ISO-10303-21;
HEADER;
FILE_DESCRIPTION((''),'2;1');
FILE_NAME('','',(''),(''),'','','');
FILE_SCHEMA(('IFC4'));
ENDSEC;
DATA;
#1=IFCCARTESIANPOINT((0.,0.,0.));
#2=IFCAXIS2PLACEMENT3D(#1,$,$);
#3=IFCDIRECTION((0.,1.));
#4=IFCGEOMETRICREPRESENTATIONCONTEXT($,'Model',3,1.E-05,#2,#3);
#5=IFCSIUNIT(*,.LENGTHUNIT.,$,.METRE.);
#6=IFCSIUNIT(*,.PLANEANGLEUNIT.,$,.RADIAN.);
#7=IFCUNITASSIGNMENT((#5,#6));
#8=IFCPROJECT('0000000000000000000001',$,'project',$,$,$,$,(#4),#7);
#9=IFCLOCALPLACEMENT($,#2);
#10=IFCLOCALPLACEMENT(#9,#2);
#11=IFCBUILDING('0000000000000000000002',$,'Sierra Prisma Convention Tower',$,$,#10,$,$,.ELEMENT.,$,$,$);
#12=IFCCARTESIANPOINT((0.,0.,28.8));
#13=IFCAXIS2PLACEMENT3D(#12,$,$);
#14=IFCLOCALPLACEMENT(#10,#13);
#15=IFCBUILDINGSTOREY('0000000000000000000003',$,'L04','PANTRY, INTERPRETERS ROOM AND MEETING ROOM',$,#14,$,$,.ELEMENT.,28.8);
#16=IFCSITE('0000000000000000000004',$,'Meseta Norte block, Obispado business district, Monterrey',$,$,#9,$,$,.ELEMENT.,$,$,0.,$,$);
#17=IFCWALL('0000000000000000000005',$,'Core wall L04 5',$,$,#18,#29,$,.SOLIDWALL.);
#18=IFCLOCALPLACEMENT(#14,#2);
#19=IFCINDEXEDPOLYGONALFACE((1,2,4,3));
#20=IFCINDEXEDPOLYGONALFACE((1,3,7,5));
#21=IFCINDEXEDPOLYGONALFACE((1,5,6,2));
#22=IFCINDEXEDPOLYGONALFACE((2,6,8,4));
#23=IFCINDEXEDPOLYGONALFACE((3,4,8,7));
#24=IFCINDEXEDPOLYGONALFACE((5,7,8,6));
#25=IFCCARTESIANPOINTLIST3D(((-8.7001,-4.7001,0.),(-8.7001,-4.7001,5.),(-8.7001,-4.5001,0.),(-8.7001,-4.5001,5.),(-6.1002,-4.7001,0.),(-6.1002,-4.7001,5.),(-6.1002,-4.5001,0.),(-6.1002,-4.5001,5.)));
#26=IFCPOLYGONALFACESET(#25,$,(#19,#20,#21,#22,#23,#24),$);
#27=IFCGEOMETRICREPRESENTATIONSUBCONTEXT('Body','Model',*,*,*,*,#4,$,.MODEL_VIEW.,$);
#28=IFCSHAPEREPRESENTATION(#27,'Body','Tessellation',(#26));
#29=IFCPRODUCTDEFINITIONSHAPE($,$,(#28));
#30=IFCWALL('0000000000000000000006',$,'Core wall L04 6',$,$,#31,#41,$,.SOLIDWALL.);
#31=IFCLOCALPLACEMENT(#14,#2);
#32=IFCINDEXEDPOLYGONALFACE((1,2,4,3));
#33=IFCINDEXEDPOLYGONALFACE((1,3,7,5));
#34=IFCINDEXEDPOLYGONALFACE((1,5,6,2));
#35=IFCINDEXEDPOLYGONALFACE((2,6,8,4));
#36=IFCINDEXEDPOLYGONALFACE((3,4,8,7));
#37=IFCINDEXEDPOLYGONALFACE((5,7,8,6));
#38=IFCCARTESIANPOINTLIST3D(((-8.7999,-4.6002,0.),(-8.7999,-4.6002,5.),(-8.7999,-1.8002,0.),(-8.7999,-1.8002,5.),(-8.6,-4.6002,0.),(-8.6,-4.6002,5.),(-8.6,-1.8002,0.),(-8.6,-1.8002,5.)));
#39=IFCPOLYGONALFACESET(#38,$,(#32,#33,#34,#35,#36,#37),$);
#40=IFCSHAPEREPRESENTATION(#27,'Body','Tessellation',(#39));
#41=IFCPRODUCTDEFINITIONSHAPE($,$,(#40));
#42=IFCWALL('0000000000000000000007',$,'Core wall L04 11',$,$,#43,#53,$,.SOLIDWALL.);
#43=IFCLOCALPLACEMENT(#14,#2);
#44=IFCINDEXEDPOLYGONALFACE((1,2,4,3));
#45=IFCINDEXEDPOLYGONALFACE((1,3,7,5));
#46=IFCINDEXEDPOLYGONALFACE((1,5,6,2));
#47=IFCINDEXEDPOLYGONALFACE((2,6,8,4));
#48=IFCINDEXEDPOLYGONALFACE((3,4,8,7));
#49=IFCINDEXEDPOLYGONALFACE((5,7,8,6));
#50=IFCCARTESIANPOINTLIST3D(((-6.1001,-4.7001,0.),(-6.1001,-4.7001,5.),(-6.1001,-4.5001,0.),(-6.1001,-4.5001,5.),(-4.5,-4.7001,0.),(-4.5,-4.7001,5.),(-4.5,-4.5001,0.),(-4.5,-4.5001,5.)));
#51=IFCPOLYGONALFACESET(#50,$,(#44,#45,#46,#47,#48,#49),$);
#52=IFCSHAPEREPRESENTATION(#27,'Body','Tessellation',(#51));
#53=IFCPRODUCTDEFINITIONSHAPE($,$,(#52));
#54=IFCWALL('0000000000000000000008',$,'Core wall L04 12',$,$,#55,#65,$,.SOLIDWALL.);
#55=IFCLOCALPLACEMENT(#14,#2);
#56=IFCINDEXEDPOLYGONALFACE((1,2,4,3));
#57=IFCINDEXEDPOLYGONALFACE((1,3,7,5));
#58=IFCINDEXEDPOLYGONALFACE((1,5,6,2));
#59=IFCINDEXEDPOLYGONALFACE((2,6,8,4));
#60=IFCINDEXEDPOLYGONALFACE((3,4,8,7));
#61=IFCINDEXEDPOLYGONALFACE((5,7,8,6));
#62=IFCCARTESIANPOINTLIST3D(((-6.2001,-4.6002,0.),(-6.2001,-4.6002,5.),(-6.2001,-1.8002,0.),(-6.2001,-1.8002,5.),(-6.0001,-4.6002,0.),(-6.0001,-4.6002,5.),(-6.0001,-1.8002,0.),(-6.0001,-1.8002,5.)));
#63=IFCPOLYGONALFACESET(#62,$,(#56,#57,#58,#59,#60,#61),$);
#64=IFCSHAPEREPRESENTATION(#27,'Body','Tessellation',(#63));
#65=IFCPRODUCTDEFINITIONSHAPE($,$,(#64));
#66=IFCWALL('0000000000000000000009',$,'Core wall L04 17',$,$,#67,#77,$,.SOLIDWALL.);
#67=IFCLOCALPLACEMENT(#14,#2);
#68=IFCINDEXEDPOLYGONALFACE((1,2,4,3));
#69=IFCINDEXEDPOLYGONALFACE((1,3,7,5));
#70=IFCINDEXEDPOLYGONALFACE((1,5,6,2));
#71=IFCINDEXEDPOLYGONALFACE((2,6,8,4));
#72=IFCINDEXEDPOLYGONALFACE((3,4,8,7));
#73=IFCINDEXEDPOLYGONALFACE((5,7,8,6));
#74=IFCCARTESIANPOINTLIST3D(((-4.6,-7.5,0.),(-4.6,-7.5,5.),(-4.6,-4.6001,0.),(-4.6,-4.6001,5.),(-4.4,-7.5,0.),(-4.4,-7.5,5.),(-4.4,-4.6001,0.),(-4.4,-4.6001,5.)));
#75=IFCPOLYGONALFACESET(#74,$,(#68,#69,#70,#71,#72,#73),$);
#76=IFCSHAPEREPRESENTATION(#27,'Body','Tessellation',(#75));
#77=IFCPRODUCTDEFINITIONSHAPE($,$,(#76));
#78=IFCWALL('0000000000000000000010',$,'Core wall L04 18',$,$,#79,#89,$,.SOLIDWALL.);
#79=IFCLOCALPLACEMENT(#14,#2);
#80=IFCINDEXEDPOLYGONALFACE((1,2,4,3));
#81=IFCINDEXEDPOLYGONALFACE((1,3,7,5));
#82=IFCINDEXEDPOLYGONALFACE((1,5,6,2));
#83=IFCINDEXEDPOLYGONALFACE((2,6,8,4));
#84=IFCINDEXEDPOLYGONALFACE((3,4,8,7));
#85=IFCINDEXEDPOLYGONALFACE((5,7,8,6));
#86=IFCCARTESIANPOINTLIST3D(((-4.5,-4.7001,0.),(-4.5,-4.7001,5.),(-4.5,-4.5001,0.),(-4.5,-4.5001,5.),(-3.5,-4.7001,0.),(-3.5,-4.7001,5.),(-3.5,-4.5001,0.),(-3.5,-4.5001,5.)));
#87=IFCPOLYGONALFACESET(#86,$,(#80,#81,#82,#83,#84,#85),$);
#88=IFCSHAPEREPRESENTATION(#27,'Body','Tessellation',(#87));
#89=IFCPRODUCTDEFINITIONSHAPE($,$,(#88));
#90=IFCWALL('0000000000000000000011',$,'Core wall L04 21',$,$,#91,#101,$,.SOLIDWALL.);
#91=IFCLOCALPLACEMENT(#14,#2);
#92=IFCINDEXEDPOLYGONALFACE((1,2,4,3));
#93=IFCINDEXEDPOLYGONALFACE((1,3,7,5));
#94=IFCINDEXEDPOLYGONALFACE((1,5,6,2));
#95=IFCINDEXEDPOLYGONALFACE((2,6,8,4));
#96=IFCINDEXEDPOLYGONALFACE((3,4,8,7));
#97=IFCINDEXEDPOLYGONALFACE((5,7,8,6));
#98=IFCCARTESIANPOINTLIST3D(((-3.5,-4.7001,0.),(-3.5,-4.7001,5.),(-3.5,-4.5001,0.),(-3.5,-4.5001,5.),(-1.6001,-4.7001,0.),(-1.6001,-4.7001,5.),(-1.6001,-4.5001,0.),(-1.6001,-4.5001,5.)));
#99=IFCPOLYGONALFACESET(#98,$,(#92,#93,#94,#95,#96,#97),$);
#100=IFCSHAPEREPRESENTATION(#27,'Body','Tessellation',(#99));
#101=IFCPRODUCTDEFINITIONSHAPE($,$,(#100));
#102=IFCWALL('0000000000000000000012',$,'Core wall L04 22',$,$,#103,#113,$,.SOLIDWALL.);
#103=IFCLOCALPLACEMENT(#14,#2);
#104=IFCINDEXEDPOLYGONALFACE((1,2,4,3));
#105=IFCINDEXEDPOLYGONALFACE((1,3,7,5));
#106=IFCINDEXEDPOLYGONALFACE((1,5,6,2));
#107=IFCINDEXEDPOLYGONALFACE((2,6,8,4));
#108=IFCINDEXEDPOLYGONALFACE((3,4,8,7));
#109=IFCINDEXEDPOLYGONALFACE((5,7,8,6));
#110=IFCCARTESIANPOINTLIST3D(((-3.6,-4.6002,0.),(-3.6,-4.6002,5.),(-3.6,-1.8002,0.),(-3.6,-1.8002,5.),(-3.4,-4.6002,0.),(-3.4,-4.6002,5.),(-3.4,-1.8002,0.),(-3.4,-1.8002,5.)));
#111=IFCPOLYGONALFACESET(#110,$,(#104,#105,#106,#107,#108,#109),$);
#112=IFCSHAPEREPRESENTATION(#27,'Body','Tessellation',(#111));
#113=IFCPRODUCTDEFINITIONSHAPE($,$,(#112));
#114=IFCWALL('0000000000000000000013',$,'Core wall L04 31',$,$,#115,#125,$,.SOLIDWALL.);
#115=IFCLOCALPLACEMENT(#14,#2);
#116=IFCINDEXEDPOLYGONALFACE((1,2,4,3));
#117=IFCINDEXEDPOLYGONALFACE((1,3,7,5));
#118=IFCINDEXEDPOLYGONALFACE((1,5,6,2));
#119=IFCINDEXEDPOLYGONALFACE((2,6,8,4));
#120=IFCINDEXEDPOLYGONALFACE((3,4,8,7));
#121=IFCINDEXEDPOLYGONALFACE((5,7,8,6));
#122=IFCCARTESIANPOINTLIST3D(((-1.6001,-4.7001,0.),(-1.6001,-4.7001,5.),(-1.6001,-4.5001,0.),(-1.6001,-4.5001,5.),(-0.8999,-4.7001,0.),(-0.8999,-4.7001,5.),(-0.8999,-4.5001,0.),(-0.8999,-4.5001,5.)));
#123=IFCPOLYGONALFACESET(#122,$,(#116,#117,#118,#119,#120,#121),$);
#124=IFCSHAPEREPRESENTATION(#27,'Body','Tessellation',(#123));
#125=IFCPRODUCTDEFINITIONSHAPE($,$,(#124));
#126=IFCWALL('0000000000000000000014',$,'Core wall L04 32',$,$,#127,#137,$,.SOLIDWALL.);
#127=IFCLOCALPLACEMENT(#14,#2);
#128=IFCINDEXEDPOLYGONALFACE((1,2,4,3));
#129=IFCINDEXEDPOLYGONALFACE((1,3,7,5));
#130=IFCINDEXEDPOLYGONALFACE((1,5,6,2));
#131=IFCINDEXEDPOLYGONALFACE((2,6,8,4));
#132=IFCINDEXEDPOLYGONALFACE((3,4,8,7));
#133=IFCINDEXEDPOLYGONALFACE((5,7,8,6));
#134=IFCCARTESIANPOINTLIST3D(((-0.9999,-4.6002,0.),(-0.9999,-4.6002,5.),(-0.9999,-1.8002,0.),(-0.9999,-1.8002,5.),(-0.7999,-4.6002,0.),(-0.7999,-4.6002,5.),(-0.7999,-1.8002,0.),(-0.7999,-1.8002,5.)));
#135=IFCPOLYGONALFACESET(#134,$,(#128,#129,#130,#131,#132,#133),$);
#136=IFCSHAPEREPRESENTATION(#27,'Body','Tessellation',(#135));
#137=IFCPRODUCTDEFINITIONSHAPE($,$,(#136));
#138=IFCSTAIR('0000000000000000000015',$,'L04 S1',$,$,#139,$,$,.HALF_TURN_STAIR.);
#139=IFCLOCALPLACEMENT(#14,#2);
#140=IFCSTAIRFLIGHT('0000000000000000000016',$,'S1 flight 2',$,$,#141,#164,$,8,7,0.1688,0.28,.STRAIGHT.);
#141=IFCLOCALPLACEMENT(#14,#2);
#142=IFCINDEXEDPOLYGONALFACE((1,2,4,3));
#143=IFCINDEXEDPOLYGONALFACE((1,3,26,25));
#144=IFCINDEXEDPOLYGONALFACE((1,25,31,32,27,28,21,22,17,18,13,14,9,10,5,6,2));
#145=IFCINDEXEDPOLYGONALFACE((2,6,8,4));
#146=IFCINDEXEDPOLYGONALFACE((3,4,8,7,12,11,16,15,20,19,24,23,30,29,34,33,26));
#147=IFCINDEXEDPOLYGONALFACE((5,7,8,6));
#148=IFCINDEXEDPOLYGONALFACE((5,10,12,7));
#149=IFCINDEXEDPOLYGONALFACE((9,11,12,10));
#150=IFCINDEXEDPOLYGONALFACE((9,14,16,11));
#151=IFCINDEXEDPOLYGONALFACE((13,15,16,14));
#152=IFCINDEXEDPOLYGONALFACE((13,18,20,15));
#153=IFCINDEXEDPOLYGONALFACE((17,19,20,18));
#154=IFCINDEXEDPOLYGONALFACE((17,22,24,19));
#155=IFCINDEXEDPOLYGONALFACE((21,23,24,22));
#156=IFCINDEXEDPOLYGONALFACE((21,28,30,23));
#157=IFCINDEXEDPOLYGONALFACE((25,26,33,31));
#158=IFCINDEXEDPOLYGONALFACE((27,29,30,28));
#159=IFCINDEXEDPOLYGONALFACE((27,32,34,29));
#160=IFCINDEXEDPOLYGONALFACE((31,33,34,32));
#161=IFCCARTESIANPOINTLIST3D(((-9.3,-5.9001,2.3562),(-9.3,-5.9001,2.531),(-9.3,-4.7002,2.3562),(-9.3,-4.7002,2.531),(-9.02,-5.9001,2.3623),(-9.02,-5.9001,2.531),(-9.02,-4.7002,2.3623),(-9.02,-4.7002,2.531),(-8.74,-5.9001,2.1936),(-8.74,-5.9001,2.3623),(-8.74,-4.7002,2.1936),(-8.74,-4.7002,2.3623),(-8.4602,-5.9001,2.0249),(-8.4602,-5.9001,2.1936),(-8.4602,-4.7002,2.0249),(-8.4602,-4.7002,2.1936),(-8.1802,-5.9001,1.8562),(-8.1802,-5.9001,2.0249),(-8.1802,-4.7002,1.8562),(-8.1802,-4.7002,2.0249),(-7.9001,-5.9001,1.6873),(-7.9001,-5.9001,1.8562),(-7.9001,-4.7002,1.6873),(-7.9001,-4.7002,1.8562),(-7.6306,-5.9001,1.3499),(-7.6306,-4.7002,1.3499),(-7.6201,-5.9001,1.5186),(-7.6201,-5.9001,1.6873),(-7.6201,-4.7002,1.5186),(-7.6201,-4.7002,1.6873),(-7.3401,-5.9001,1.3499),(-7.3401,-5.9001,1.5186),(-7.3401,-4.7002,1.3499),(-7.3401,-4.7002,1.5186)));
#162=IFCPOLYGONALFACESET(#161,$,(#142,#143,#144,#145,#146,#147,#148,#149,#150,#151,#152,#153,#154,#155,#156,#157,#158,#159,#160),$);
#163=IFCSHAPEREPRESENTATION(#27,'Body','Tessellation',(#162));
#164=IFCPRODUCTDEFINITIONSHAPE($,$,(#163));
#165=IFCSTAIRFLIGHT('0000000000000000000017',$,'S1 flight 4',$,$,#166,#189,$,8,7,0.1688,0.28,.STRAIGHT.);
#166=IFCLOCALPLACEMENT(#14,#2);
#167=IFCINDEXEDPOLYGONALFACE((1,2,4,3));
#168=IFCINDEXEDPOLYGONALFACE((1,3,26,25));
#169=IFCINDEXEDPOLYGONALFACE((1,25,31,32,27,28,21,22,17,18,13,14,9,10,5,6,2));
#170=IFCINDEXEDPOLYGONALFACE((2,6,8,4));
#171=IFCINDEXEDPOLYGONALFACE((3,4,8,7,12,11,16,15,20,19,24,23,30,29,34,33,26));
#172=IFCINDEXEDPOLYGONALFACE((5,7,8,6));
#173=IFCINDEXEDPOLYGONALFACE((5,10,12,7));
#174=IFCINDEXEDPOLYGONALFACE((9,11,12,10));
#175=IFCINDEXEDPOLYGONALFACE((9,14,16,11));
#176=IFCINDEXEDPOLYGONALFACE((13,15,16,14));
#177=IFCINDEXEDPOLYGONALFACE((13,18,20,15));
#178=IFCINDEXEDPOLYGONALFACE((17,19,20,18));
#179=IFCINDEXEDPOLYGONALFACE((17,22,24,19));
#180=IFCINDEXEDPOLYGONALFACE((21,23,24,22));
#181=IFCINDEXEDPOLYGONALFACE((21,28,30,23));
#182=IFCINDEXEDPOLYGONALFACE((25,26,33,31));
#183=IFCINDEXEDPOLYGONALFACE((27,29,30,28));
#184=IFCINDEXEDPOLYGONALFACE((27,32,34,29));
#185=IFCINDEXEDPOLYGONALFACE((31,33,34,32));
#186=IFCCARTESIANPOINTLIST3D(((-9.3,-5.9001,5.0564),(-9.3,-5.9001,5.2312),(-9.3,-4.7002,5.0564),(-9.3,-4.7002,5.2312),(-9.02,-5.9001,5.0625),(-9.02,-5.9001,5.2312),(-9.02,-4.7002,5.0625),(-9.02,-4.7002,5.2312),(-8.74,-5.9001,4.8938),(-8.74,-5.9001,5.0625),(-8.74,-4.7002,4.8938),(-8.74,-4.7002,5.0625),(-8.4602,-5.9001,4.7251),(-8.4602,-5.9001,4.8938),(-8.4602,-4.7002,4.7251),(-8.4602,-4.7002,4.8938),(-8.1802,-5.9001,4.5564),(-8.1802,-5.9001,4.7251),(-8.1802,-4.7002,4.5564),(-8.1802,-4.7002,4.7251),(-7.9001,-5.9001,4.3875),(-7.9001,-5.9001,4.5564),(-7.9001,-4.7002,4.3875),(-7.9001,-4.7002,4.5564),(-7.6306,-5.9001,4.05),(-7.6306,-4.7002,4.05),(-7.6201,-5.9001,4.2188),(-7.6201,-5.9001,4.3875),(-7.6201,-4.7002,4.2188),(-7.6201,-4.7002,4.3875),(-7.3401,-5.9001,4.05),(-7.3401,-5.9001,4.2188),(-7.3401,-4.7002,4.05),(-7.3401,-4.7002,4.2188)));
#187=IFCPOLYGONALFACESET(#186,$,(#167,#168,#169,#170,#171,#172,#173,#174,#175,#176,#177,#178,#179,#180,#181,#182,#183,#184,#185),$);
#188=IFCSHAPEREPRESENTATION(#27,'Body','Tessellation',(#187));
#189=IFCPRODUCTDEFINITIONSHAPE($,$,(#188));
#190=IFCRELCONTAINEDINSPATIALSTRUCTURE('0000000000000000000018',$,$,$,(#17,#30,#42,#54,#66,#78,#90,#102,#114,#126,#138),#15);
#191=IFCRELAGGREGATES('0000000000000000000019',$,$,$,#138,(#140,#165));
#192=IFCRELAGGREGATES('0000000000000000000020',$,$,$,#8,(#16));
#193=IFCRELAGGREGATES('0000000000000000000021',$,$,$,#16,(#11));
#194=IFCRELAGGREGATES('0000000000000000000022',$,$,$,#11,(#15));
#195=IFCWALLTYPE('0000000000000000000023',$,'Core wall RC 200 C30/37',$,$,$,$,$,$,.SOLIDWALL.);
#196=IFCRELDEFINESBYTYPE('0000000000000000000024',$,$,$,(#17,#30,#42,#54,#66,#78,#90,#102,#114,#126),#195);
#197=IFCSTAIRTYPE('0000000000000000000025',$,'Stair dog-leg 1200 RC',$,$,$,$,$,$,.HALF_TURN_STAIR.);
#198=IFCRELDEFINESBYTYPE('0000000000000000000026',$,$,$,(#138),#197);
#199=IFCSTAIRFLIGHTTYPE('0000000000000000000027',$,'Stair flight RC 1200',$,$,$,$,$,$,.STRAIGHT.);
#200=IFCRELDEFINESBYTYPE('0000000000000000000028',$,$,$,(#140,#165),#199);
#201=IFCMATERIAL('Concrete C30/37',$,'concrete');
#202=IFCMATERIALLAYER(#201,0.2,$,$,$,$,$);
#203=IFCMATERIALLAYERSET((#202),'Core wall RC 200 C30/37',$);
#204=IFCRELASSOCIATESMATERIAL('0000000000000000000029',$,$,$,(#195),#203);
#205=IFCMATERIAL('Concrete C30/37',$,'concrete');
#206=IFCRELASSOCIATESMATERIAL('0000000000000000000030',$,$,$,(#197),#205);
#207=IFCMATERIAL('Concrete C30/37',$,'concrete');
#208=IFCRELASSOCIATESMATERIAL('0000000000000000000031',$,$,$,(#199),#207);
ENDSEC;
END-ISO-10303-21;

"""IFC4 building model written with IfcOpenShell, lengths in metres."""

from ifc_helpers import new_model, si_unit, direction, frame, frame_2d, origin, place, context, subcontext, project, spatial, polyline, rectangle, outline, extrude, material, layer, layer_set, type_object, element, aggregate, save


model = new_model("IFC4")

# Units and contexts
model_context = context("Model", 3, precision=1e-05, world=origin(), true_north=direction((0.0, 1.0)))
body_context = subcontext(model_context, "Body", "Model", "MODEL_VIEW")
ifc_project = project(units=[si_unit("LENGTHUNIT", "METRE"), si_unit("PLANEANGLEUNIT", "RADIAN")], contexts=[model_context])

# Site, building, storey
site_placement = place(None, origin())
site = spatial("IfcSite", under=ifc_project, at=site_placement, Name="Meseta Norte block, Obispado business district, Monterrey", CompositionType="ELEMENT", RefElevation=0.0)
building_placement = place(site_placement, origin())
building = spatial("IfcBuilding", under=site, at=building_placement, Name="Sierra Prisma Convention Tower", CompositionType="ELEMENT")
storey_placement = place(building_placement, frame((0.0, 0.0, 28.8)))
storey = spatial("IfcBuildingStorey", under=building, at=storey_placement, Name="L04", Description="PANTRY, INTERPRETERS ROOM AND MEETING ROOM", CompositionType="ELEMENT", Elevation=28.8)

# Walls
ifc_material_1 = material(Name="Concrete C30/37", Category="concrete")
ifc_layer = layer(ifc_material_1, 0.2)
ifc_layer_set = layer_set([ifc_layer], Name="Core wall RC 200 C30/37")
wall_type = type_object("IfcWallType", Name="Core wall RC 200 C30/37", PredefinedType="SOLIDWALL", material=ifc_layer_set)
wall_1_placement = place(storey_placement, frame((-8.7, -4.6001, 0.0), z_axis=(0.0, 0.0, 1.0), x_axis=(1.0, 0.0, 0.0)))
element("IfcWall", 1, at=wall_1_placement, inside=storey, type_object=wall_type, Name="Core wall L04 5", PredefinedType="SOLIDWALL", context=body_context, shape_type="SweptSolid", body=[
    extrude(rectangle(XDim=2.5999, YDim=0.2, at=frame_2d((1.2998, 0.0))), origin(), (0.0, 0.0, 1.0), 5.0),
])
wall_2_placement = place(storey_placement, frame((-8.7, -4.6001, 0.0), z_axis=(0.0, 0.0, 1.0), x_axis=(0.0, 1.0, 0.0)))
element("IfcWall", 2, at=wall_2_placement, inside=storey, type_object=wall_type, Name="Core wall L04 6", PredefinedType="SOLIDWALL", context=body_context, shape_type="SweptSolid", body=[
    extrude(rectangle(XDim=2.8, YDim=0.2, at=frame_2d((1.3999, 0.0))), origin(), (0.0, 0.0, 1.0), 5.0),
])

# Walls
wall_3_placement = place(storey_placement, frame((-6.1001, -4.6001, 0.0), z_axis=(0.0, 0.0, 1.0), x_axis=(1.0, 0.0, 0.0)))
element("IfcWall", 3, at=wall_3_placement, inside=storey, type_object=wall_type, Name="Core wall L04 11", PredefinedType="SOLIDWALL", context=body_context, shape_type="SweptSolid", body=[
    extrude(rectangle(XDim=1.6001, YDim=0.2, at=frame_2d((0.8, 0.0))), origin(), (0.0, 0.0, 1.0), 5.0),
])
wall_4_placement = place(storey_placement, frame((-6.1001, -4.6001, 0.0), z_axis=(0.0, 0.0, 1.0), x_axis=(0.0, 1.0, 0.0)))
element("IfcWall", 4, at=wall_4_placement, inside=storey, type_object=wall_type, Name="Core wall L04 12", PredefinedType="SOLIDWALL", context=body_context, shape_type="SweptSolid", body=[
    extrude(rectangle(XDim=2.8, YDim=0.2, at=frame_2d((1.3999, 0.0))), origin(), (0.0, 0.0, 1.0), 5.0),
])

# Walls
wall_5_placement = place(storey_placement, frame((-4.5, -4.6001, 0.0), z_axis=(0.0, 0.0, 1.0), x_axis=(0.0, -1.0, 0.0)))
element("IfcWall", 5, at=wall_5_placement, inside=storey, type_object=wall_type, Name="Core wall L04 17", PredefinedType="SOLIDWALL", context=body_context, shape_type="SweptSolid", body=[
    extrude(rectangle(XDim=2.8999, YDim=0.2, at=frame_2d((1.45, 0.0))), origin(), (0.0, 0.0, 1.0), 5.0),
])
wall_6_placement = place(storey_placement, frame((-4.5, -4.6001, 0.0), z_axis=(0.0, 0.0, 1.0), x_axis=(1.0, 0.0, 0.0)))
element("IfcWall", 6, at=wall_6_placement, inside=storey, type_object=wall_type, Name="Core wall L04 18", PredefinedType="SOLIDWALL", context=body_context, shape_type="SweptSolid", body=[
    extrude(rectangle(XDim=1.0, YDim=0.2, at=frame_2d((0.5, 0.0))), origin(), (0.0, 0.0, 1.0), 5.0),
])
wall_7_placement = place(storey_placement, frame((-3.5, -4.6001, 0.0), z_axis=(0.0, 0.0, 1.0), x_axis=(1.0, 0.0, 0.0)))
element("IfcWall", 7, at=wall_7_placement, inside=storey, type_object=wall_type, Name="Core wall L04 21", PredefinedType="SOLIDWALL", context=body_context, shape_type="SweptSolid", body=[
    extrude(rectangle(XDim=1.8999, YDim=0.2, at=frame_2d((0.95, 0.0))), origin(), (0.0, 0.0, 1.0), 5.0),
])
wall_8_placement = place(storey_placement, frame((-3.5, -4.6001, 0.0), z_axis=(0.0, 0.0, 1.0), x_axis=(0.0, 1.0, 0.0)))
element("IfcWall", 8, at=wall_8_placement, inside=storey, type_object=wall_type, Name="Core wall L04 22", PredefinedType="SOLIDWALL", context=body_context, shape_type="SweptSolid", body=[
    extrude(rectangle(XDim=2.8, YDim=0.2, at=frame_2d((1.3999, 0.0))), origin(), (0.0, 0.0, 1.0), 5.0),
])

# Walls
wall_9_placement = place(storey_placement, frame((-1.6001, -4.6001, 0.0), z_axis=(0.0, 0.0, 1.0), x_axis=(1.0, 0.0, 0.0)))
element("IfcWall", 9, at=wall_9_placement, inside=storey, type_object=wall_type, Name="Core wall L04 31", PredefinedType="SOLIDWALL", context=body_context, shape_type="SweptSolid", body=[
    extrude(rectangle(XDim=0.7002, YDim=0.2, at=frame_2d((0.3501, 0.0))), origin(), (0.0, 0.0, 1.0), 5.0),
])
wall_10_placement = place(storey_placement, frame((-0.8999, -4.6001, 0.0), z_axis=(0.0, 0.0, 1.0), x_axis=(0.0, 1.0, 0.0)))
element("IfcWall", 10, at=wall_10_placement, inside=storey, type_object=wall_type, Name="Core wall L04 32", PredefinedType="SOLIDWALL", context=body_context, shape_type="SweptSolid", body=[
    extrude(rectangle(XDim=2.8, YDim=0.2, at=frame_2d((1.3999, 0.0))), origin(), (0.0, 0.0, 1.0), 5.0),
])

# Stair, stair flights
ifc_material_2 = material(Name="Concrete C30/37", Category="concrete")
stair_type = type_object("IfcStairType", Name="Stair dog-leg 1200 RC", PredefinedType="HALF_TURN_STAIR", material=ifc_material_2)
stair_placement = place(storey_placement, origin())
stair = element("IfcStair", 11, at=stair_placement, inside=storey, type_object=stair_type, Name="L04 S1", PredefinedType="HALF_TURN_STAIR")
ifc_material_3 = material(Name="Concrete C30/37", Category="concrete")
stair_flight_type = type_object("IfcStairFlightType", Name="Stair flight RC 1200", PredefinedType="STRAIGHT", material=ifc_material_3)
stair_flight_1_placement = place(storey_placement, frame((-7.3401, -5.3, 1.3499), z_axis=(0.0, 0.0, 1.0), x_axis=(-1.0, 0.0, 0.0)))
stair_flight_1 = element("IfcStairFlight", 12, at=stair_flight_1_placement, type_object=stair_flight_type, Name="S1 flight 2", NumberOfRisers=8, NumberOfTreads=7, PredefinedType="STRAIGHT", RiserHeight=0.1688, TreadLength=0.28, context=body_context, shape_type="SweptSolid", body=[
    extrude(outline(polyline([(0.0, 0.0), (0.0, 0.1687), (0.28, 0.1687), (0.28, 0.3374), (0.5601, 0.3374), (0.5601, 0.5063), (0.8401, 0.5063), (0.8401, 0.675), (1.1201, 0.675), (1.1201, 0.8438), (1.3999, 0.8438), (1.3999, 1.0125), (1.6799, 1.0125), (1.6799, 1.1812), (1.96, 1.1812), (1.96, 1.3501), (1.96, 1.0063), (0.2905, 0.0), (0.0, 0.0)])), frame((0.0, 0.6001, 0.0), z_axis=(0.0, -1.0, 0.0), x_axis=(1.0, 0.0, 0.0)), (0.0, 0.0, 1.0), 1.2),
])
stair_flight_2_placement = place(storey_placement, frame((-7.3401, -5.3, 4.05), z_axis=(0.0, 0.0, 1.0), x_axis=(-1.0, 0.0, 0.0)))
stair_flight_2 = element("IfcStairFlight", 13, at=stair_flight_2_placement, type_object=stair_flight_type, Name="S1 flight 4", NumberOfRisers=8, NumberOfTreads=7, PredefinedType="STRAIGHT", RiserHeight=0.1688, TreadLength=0.28, context=body_context, shape_type="SweptSolid", body=[
    extrude(outline(polyline([(0.0, 0.0), (0.0, 0.1687), (0.28, 0.1687), (0.28, 0.3374), (0.5601, 0.3374), (0.5601, 0.5063), (0.8401, 0.5063), (0.8401, 0.675), (1.1201, 0.675), (1.1201, 0.8438), (1.3999, 0.8438), (1.3999, 1.0125), (1.6799, 1.0125), (1.6799, 1.1812), (1.96, 1.1812), (1.96, 1.3501), (1.96, 1.0063), (0.2905, 0.0), (0.0, 0.0)])), frame((0.0, 0.6001, 0.0), z_axis=(0.0, -1.0, 0.0), x_axis=(1.0, 0.0, 0.0)), (0.0, 0.0, 1.0), 1.2),
])
aggregate(stair, [stair_flight_1, stair_flight_2])

save(model, "model.ifc")
